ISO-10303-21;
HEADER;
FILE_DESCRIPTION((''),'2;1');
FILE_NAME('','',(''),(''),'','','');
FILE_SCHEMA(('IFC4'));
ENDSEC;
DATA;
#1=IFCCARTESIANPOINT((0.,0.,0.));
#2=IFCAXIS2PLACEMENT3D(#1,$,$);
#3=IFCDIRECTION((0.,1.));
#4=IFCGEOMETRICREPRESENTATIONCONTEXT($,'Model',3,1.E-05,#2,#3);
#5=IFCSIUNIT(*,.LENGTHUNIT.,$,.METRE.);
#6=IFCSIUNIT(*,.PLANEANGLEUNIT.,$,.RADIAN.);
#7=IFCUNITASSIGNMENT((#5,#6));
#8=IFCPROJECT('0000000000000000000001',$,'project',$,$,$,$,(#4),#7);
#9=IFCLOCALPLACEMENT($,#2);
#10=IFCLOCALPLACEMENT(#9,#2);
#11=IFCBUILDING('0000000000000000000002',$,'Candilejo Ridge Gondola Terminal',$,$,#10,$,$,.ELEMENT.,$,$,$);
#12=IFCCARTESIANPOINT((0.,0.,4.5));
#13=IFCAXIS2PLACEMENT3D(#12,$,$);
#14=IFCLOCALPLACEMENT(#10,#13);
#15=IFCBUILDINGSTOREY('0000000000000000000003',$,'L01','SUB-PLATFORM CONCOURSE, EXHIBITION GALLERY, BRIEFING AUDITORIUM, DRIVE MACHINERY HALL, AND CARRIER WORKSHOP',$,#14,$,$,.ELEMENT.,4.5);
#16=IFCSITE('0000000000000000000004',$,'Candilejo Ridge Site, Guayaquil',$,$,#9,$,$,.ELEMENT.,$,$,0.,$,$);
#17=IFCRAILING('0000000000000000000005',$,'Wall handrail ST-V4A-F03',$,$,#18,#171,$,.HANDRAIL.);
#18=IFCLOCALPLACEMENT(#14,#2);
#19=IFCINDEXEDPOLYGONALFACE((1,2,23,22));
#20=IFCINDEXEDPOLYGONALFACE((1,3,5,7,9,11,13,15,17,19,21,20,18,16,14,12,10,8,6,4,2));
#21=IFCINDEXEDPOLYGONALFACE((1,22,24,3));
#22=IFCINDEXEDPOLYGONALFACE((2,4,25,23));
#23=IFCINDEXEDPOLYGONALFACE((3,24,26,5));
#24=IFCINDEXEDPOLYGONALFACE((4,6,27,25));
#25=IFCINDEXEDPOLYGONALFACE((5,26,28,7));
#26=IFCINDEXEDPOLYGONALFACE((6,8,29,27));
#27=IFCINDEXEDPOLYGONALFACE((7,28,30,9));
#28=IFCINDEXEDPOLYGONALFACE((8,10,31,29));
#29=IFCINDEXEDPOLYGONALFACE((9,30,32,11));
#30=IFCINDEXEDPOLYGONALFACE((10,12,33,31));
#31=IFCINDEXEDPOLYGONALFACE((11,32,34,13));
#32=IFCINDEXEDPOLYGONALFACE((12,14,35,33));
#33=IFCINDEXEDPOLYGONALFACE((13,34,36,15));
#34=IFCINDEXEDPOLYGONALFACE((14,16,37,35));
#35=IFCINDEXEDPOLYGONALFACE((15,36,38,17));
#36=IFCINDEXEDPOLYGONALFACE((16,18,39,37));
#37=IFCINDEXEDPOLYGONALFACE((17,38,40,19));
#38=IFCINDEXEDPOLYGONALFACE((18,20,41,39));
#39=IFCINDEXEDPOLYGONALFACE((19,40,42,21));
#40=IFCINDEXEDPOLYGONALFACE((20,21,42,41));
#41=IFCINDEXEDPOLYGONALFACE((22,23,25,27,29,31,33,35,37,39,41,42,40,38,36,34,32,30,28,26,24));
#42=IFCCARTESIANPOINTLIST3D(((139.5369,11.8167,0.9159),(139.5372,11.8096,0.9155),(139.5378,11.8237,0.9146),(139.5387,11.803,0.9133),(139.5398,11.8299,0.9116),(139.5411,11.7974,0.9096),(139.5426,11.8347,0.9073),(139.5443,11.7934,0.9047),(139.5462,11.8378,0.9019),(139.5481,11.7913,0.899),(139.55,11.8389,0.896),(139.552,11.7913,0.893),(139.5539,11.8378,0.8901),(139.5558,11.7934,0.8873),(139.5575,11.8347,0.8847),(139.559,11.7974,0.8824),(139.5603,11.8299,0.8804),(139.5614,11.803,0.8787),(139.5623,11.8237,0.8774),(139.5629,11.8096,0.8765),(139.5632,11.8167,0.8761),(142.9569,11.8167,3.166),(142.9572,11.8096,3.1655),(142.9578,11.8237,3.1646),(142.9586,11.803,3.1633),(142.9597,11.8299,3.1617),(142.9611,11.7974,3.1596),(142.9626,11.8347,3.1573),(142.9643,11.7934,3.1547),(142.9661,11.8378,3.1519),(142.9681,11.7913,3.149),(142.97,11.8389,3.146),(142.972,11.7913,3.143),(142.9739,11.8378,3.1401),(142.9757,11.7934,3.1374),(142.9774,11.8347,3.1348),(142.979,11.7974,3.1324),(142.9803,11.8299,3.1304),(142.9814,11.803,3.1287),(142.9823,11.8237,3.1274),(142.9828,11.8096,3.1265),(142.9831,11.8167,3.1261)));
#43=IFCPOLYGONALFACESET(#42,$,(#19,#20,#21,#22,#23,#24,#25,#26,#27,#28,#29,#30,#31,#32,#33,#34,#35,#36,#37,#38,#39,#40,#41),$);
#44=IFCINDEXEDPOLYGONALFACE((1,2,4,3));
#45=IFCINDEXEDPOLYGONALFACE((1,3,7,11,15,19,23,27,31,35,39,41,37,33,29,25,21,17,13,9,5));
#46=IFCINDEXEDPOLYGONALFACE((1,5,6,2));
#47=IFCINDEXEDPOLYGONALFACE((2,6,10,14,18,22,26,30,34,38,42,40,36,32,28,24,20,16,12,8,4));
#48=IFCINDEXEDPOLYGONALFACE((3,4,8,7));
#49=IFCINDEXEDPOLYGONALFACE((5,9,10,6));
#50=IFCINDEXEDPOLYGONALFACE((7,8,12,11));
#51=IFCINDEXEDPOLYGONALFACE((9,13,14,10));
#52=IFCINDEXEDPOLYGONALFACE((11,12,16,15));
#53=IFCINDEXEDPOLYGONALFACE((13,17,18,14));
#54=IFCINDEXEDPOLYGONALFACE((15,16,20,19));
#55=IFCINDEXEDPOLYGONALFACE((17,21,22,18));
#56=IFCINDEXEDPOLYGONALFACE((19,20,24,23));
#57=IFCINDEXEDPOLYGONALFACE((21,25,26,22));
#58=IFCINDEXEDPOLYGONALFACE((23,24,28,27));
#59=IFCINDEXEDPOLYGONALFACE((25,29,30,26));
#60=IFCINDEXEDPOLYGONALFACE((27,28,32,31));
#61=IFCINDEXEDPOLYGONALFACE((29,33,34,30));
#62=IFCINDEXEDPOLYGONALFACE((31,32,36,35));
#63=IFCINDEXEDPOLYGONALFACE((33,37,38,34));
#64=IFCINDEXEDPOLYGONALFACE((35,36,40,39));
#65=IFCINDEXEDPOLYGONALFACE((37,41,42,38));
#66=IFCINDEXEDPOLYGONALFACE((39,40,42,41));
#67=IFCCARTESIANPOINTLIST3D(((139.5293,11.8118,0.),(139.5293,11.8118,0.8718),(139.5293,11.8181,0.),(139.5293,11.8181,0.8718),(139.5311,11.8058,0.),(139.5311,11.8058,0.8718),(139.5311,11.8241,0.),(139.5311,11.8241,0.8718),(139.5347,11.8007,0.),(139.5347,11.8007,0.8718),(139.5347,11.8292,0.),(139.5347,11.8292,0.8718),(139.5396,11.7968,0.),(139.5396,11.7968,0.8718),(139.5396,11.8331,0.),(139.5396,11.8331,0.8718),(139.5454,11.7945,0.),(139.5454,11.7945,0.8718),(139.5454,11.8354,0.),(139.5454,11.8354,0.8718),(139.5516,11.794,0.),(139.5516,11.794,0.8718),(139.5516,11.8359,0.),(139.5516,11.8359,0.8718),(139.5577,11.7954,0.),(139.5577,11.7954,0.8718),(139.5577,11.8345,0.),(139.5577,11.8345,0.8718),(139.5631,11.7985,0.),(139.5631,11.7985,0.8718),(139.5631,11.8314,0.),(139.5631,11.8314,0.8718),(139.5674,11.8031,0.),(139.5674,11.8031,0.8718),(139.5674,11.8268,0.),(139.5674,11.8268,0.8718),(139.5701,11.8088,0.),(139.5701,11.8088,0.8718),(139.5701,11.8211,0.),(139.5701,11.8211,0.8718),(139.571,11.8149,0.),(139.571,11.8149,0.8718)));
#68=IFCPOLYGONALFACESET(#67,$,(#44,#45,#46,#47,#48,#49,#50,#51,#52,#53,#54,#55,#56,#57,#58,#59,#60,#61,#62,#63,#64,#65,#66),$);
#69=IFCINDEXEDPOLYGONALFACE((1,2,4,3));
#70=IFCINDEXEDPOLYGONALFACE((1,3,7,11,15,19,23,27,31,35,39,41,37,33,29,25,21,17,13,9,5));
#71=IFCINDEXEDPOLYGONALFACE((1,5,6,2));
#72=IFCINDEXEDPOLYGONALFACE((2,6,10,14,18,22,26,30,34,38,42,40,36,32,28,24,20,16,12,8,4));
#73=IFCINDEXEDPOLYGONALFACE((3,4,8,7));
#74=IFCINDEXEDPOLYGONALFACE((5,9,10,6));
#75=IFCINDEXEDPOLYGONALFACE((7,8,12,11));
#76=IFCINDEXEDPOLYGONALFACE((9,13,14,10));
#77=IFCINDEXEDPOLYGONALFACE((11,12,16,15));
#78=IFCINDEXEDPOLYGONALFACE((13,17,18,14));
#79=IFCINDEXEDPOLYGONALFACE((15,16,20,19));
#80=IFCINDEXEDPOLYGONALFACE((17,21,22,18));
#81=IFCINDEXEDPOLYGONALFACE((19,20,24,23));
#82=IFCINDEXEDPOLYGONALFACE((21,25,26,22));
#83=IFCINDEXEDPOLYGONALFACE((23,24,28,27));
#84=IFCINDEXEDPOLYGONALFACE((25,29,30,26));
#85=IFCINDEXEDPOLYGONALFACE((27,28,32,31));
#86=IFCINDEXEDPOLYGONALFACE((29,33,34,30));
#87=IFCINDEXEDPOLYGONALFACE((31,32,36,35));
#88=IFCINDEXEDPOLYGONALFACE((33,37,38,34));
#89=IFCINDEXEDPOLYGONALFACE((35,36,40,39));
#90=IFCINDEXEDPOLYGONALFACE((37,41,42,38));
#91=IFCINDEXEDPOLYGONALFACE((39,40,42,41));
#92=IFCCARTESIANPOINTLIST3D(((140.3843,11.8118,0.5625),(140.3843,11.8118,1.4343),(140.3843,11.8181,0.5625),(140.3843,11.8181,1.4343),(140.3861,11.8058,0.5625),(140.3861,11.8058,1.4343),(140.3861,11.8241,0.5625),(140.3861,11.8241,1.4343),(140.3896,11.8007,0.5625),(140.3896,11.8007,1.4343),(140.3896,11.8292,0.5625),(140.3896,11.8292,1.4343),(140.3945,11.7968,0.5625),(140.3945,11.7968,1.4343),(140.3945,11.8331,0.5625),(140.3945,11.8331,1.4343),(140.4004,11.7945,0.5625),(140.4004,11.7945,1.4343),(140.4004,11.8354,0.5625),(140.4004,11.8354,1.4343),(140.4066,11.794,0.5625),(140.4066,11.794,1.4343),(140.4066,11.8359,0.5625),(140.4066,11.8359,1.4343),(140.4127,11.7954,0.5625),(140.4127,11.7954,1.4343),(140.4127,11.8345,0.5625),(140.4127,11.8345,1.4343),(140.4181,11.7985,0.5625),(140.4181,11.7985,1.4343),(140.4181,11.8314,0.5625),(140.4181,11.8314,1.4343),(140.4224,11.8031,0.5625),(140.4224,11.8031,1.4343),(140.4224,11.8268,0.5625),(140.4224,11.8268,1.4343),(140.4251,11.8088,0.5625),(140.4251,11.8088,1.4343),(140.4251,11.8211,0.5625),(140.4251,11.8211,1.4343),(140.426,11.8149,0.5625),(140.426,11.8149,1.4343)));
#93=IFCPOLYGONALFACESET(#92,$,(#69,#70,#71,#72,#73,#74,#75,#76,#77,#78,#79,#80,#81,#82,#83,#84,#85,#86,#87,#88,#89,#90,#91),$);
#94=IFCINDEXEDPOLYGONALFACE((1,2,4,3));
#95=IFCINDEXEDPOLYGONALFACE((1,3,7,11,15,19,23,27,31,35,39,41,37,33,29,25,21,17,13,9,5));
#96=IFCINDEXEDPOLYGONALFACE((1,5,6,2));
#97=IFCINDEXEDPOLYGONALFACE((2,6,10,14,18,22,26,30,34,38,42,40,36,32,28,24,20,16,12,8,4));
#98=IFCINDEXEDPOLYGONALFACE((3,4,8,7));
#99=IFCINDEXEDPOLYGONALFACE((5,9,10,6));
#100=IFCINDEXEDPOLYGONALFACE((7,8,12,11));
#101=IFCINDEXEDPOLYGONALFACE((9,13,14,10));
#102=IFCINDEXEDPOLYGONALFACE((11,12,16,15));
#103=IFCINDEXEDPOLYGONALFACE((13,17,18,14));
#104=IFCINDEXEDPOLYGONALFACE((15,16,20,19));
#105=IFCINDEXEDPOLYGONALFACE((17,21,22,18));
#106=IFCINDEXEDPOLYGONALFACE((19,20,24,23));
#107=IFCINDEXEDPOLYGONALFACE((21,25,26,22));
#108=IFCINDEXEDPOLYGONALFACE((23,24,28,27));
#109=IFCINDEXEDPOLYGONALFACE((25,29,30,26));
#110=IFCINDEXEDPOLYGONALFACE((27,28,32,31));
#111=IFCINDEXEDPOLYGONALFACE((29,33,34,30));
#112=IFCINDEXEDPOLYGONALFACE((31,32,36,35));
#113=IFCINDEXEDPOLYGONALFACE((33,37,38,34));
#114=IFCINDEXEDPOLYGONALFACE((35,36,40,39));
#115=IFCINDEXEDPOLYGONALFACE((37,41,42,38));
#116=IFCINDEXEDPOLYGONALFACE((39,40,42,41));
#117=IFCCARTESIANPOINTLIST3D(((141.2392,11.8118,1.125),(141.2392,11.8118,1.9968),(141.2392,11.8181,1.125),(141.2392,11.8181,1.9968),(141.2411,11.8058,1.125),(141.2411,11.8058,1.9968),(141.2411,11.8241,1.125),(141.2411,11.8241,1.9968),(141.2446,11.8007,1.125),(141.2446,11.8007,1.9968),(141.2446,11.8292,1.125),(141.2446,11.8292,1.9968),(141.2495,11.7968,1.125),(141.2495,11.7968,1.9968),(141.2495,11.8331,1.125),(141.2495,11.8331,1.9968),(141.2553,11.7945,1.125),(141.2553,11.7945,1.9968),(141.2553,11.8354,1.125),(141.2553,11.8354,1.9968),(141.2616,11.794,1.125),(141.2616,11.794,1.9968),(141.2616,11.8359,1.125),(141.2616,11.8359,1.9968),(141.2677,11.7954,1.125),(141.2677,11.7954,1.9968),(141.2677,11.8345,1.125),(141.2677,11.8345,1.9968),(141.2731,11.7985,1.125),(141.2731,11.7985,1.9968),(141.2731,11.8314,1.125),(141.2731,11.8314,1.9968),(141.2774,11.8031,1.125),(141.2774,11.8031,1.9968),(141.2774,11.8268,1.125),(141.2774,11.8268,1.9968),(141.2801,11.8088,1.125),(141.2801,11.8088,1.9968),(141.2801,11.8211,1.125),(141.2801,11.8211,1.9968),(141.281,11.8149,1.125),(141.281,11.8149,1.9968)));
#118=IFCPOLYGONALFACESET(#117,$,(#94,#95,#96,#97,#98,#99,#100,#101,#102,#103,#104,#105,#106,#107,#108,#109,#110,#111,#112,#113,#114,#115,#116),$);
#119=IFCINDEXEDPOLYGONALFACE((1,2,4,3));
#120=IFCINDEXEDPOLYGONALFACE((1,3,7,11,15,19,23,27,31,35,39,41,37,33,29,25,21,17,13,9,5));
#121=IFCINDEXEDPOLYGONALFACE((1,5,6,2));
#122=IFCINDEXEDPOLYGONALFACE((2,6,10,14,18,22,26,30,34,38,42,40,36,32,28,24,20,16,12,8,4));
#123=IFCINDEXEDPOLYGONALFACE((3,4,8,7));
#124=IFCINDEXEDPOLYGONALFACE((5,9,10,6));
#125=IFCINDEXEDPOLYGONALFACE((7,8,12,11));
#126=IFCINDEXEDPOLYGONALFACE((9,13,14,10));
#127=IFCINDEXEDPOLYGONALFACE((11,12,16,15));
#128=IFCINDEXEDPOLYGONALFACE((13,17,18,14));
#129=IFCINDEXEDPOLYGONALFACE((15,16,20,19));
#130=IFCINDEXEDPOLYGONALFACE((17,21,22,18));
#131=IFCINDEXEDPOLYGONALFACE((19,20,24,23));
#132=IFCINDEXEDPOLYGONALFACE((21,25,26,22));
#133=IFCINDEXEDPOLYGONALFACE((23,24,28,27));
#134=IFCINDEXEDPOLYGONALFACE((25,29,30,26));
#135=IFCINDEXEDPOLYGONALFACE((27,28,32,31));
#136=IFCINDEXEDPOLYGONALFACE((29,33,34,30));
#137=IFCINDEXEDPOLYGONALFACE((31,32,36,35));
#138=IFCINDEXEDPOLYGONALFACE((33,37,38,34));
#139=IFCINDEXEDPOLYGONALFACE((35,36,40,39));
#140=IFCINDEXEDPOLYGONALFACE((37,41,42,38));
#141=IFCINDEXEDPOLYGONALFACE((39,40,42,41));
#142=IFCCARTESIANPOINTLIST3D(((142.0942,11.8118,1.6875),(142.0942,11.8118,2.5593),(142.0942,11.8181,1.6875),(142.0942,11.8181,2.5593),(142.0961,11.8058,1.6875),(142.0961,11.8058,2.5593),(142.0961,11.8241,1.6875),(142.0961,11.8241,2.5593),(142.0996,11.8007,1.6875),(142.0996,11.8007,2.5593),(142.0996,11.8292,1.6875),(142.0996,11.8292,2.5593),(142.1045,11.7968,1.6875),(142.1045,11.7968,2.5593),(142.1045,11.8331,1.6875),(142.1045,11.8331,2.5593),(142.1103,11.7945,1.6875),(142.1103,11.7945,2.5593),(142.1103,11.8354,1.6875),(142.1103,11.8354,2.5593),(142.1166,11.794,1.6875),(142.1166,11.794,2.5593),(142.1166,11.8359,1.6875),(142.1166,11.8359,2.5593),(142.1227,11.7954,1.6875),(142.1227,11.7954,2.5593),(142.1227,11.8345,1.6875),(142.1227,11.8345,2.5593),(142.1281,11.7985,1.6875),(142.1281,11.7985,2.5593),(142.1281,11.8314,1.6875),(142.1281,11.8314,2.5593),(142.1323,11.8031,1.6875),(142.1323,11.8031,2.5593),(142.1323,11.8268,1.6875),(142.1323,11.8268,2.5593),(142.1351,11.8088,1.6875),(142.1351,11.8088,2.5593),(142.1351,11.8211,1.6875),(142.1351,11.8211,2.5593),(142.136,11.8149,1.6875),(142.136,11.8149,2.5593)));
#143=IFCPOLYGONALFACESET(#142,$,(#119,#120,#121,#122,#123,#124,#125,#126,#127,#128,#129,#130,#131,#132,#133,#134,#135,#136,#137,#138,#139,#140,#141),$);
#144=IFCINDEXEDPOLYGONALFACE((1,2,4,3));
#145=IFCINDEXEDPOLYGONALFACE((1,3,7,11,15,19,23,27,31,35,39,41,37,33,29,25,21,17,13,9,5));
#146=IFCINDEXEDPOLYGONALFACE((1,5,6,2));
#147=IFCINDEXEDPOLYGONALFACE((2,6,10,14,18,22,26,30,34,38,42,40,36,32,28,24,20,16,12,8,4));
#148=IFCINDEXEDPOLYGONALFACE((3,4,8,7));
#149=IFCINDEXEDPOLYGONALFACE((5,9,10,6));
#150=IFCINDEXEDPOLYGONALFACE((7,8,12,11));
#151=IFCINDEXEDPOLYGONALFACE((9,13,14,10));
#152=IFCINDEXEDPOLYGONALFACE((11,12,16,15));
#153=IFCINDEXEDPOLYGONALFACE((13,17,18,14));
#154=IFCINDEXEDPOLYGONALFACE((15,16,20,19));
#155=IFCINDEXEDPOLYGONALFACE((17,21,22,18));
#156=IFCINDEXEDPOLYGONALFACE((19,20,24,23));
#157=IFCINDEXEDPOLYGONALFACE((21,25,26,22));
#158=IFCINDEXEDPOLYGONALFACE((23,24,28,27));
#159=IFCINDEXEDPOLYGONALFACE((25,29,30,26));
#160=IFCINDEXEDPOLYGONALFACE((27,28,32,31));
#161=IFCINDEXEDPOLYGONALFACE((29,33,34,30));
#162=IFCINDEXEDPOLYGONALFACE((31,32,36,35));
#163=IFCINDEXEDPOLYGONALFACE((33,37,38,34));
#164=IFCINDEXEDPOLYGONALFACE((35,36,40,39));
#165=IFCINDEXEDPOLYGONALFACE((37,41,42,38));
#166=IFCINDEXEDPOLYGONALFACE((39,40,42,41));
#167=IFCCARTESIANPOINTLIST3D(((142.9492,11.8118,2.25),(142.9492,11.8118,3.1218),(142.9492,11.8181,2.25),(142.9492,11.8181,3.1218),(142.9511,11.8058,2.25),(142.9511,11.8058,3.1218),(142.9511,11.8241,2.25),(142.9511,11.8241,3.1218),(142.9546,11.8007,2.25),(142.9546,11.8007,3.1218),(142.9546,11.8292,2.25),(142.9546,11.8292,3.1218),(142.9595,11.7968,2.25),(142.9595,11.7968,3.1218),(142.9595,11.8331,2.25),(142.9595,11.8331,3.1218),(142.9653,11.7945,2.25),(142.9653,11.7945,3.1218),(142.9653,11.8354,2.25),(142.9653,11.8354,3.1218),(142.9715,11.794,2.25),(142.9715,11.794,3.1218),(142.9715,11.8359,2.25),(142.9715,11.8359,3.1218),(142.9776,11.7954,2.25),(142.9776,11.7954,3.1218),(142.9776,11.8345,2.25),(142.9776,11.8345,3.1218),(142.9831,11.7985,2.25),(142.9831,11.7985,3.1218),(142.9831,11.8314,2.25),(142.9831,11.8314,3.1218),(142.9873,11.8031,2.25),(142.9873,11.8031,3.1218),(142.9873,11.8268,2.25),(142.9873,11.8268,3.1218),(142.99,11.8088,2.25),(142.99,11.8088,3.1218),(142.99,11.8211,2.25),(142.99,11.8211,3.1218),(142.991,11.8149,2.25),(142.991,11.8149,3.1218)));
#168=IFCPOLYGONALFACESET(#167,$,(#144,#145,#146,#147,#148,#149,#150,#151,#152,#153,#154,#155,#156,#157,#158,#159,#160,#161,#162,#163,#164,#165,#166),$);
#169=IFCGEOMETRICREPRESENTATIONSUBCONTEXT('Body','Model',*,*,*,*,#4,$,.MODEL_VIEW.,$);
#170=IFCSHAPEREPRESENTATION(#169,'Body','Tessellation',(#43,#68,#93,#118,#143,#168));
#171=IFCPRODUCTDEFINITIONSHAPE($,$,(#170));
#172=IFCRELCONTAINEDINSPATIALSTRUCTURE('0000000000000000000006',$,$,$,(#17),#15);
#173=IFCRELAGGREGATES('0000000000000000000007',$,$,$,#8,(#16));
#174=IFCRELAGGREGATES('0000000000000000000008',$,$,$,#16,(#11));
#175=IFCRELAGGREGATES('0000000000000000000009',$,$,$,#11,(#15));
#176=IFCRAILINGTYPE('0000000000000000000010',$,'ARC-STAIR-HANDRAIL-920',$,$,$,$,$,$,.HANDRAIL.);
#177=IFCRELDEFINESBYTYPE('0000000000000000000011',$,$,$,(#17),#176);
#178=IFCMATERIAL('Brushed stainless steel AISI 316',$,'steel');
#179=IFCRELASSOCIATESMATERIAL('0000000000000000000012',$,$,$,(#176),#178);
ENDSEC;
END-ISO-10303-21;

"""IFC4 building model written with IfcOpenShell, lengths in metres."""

from ifc_helpers import new_model, si_unit, direction, frame, origin, origin_2d, place, context, subcontext, project, spatial, circle, extrude, material, type_object, element, save


model = new_model("IFC4")

# Units and contexts
model_context = context("Model", 3, precision=1e-05, world=origin(), true_north=direction((0.0, 1.0)))
body_context = subcontext(model_context, "Body", "Model", "MODEL_VIEW")
ifc_project = project(units=[si_unit("LENGTHUNIT", "METRE"), si_unit("PLANEANGLEUNIT", "RADIAN")], contexts=[model_context])

# Site, building, storey
site_placement = place(None, origin())
site = spatial("IfcSite", under=ifc_project, at=site_placement, Name="Candilejo Ridge Site, Guayaquil", CompositionType="ELEMENT", RefElevation=0.0)
building_placement = place(site_placement, origin())
building = spatial("IfcBuilding", under=site, at=building_placement, Name="Candilejo Ridge Gondola Terminal", CompositionType="ELEMENT")
storey_placement = place(building_placement, frame((0.0, 0.0, 4.5)))
storey = spatial("IfcBuildingStorey", under=building, at=storey_placement, Name="L01", Description="SUB-PLATFORM CONCOURSE, EXHIBITION GALLERY, BRIEFING AUDITORIUM, DRIVE MACHINERY HALL, AND CARRIER WORKSHOP", CompositionType="ELEMENT", Elevation=4.5)

# Railing
ifc_material_1 = material(Name="Brushed stainless steel AISI 316", Category="steel")
railing_type_1 = type_object("IfcRailingType", Name="ARC-STAIR-HANDRAIL-920", PredefinedType="HANDRAIL", material=ifc_material_1)
railing_1_placement = place(storey_placement, frame((139.55, 11.8149, 0.0)))
element("IfcRailing", 1, at=railing_1_placement, inside=storey, type_object=railing_type_1, Name="Wall handrail ST-V4A-F03", PredefinedType="HANDRAIL", context=body_context, shape_type="SweptSolid", body=[
    extrude(circle(Radius=0.0239, at=origin_2d()), frame((0.0, 0.0, 0.896), z_axis=(0.835411, 0.0, 0.549625), x_axis=(0.0, 1.0, 0.0)), (0.0, 0.0, 1.0), 4.0938),
    extrude(circle(Radius=0.021, at=origin_2d()), origin(), (0.0, 0.0, 1.0), 0.8718),
    extrude(circle(Radius=0.021, at=origin_2d()), frame((0.855, 0.0, 0.5625)), (0.0, 0.0, 1.0), 0.8718),
    extrude(circle(Radius=0.021, at=origin_2d()), frame((1.71, 0.0, 1.125)), (0.0, 0.0, 1.0), 0.8718),
    extrude(circle(Radius=0.021, at=origin_2d()), frame((2.5649, 0.0, 1.6875)), (0.0, 0.0, 1.0), 0.8718),
    extrude(circle(Radius=0.021, at=origin_2d()), frame((3.4199, 0.0, 2.25)), (0.0, 0.0, 1.0), 0.8718),
])

save(model, "model.ifc")
